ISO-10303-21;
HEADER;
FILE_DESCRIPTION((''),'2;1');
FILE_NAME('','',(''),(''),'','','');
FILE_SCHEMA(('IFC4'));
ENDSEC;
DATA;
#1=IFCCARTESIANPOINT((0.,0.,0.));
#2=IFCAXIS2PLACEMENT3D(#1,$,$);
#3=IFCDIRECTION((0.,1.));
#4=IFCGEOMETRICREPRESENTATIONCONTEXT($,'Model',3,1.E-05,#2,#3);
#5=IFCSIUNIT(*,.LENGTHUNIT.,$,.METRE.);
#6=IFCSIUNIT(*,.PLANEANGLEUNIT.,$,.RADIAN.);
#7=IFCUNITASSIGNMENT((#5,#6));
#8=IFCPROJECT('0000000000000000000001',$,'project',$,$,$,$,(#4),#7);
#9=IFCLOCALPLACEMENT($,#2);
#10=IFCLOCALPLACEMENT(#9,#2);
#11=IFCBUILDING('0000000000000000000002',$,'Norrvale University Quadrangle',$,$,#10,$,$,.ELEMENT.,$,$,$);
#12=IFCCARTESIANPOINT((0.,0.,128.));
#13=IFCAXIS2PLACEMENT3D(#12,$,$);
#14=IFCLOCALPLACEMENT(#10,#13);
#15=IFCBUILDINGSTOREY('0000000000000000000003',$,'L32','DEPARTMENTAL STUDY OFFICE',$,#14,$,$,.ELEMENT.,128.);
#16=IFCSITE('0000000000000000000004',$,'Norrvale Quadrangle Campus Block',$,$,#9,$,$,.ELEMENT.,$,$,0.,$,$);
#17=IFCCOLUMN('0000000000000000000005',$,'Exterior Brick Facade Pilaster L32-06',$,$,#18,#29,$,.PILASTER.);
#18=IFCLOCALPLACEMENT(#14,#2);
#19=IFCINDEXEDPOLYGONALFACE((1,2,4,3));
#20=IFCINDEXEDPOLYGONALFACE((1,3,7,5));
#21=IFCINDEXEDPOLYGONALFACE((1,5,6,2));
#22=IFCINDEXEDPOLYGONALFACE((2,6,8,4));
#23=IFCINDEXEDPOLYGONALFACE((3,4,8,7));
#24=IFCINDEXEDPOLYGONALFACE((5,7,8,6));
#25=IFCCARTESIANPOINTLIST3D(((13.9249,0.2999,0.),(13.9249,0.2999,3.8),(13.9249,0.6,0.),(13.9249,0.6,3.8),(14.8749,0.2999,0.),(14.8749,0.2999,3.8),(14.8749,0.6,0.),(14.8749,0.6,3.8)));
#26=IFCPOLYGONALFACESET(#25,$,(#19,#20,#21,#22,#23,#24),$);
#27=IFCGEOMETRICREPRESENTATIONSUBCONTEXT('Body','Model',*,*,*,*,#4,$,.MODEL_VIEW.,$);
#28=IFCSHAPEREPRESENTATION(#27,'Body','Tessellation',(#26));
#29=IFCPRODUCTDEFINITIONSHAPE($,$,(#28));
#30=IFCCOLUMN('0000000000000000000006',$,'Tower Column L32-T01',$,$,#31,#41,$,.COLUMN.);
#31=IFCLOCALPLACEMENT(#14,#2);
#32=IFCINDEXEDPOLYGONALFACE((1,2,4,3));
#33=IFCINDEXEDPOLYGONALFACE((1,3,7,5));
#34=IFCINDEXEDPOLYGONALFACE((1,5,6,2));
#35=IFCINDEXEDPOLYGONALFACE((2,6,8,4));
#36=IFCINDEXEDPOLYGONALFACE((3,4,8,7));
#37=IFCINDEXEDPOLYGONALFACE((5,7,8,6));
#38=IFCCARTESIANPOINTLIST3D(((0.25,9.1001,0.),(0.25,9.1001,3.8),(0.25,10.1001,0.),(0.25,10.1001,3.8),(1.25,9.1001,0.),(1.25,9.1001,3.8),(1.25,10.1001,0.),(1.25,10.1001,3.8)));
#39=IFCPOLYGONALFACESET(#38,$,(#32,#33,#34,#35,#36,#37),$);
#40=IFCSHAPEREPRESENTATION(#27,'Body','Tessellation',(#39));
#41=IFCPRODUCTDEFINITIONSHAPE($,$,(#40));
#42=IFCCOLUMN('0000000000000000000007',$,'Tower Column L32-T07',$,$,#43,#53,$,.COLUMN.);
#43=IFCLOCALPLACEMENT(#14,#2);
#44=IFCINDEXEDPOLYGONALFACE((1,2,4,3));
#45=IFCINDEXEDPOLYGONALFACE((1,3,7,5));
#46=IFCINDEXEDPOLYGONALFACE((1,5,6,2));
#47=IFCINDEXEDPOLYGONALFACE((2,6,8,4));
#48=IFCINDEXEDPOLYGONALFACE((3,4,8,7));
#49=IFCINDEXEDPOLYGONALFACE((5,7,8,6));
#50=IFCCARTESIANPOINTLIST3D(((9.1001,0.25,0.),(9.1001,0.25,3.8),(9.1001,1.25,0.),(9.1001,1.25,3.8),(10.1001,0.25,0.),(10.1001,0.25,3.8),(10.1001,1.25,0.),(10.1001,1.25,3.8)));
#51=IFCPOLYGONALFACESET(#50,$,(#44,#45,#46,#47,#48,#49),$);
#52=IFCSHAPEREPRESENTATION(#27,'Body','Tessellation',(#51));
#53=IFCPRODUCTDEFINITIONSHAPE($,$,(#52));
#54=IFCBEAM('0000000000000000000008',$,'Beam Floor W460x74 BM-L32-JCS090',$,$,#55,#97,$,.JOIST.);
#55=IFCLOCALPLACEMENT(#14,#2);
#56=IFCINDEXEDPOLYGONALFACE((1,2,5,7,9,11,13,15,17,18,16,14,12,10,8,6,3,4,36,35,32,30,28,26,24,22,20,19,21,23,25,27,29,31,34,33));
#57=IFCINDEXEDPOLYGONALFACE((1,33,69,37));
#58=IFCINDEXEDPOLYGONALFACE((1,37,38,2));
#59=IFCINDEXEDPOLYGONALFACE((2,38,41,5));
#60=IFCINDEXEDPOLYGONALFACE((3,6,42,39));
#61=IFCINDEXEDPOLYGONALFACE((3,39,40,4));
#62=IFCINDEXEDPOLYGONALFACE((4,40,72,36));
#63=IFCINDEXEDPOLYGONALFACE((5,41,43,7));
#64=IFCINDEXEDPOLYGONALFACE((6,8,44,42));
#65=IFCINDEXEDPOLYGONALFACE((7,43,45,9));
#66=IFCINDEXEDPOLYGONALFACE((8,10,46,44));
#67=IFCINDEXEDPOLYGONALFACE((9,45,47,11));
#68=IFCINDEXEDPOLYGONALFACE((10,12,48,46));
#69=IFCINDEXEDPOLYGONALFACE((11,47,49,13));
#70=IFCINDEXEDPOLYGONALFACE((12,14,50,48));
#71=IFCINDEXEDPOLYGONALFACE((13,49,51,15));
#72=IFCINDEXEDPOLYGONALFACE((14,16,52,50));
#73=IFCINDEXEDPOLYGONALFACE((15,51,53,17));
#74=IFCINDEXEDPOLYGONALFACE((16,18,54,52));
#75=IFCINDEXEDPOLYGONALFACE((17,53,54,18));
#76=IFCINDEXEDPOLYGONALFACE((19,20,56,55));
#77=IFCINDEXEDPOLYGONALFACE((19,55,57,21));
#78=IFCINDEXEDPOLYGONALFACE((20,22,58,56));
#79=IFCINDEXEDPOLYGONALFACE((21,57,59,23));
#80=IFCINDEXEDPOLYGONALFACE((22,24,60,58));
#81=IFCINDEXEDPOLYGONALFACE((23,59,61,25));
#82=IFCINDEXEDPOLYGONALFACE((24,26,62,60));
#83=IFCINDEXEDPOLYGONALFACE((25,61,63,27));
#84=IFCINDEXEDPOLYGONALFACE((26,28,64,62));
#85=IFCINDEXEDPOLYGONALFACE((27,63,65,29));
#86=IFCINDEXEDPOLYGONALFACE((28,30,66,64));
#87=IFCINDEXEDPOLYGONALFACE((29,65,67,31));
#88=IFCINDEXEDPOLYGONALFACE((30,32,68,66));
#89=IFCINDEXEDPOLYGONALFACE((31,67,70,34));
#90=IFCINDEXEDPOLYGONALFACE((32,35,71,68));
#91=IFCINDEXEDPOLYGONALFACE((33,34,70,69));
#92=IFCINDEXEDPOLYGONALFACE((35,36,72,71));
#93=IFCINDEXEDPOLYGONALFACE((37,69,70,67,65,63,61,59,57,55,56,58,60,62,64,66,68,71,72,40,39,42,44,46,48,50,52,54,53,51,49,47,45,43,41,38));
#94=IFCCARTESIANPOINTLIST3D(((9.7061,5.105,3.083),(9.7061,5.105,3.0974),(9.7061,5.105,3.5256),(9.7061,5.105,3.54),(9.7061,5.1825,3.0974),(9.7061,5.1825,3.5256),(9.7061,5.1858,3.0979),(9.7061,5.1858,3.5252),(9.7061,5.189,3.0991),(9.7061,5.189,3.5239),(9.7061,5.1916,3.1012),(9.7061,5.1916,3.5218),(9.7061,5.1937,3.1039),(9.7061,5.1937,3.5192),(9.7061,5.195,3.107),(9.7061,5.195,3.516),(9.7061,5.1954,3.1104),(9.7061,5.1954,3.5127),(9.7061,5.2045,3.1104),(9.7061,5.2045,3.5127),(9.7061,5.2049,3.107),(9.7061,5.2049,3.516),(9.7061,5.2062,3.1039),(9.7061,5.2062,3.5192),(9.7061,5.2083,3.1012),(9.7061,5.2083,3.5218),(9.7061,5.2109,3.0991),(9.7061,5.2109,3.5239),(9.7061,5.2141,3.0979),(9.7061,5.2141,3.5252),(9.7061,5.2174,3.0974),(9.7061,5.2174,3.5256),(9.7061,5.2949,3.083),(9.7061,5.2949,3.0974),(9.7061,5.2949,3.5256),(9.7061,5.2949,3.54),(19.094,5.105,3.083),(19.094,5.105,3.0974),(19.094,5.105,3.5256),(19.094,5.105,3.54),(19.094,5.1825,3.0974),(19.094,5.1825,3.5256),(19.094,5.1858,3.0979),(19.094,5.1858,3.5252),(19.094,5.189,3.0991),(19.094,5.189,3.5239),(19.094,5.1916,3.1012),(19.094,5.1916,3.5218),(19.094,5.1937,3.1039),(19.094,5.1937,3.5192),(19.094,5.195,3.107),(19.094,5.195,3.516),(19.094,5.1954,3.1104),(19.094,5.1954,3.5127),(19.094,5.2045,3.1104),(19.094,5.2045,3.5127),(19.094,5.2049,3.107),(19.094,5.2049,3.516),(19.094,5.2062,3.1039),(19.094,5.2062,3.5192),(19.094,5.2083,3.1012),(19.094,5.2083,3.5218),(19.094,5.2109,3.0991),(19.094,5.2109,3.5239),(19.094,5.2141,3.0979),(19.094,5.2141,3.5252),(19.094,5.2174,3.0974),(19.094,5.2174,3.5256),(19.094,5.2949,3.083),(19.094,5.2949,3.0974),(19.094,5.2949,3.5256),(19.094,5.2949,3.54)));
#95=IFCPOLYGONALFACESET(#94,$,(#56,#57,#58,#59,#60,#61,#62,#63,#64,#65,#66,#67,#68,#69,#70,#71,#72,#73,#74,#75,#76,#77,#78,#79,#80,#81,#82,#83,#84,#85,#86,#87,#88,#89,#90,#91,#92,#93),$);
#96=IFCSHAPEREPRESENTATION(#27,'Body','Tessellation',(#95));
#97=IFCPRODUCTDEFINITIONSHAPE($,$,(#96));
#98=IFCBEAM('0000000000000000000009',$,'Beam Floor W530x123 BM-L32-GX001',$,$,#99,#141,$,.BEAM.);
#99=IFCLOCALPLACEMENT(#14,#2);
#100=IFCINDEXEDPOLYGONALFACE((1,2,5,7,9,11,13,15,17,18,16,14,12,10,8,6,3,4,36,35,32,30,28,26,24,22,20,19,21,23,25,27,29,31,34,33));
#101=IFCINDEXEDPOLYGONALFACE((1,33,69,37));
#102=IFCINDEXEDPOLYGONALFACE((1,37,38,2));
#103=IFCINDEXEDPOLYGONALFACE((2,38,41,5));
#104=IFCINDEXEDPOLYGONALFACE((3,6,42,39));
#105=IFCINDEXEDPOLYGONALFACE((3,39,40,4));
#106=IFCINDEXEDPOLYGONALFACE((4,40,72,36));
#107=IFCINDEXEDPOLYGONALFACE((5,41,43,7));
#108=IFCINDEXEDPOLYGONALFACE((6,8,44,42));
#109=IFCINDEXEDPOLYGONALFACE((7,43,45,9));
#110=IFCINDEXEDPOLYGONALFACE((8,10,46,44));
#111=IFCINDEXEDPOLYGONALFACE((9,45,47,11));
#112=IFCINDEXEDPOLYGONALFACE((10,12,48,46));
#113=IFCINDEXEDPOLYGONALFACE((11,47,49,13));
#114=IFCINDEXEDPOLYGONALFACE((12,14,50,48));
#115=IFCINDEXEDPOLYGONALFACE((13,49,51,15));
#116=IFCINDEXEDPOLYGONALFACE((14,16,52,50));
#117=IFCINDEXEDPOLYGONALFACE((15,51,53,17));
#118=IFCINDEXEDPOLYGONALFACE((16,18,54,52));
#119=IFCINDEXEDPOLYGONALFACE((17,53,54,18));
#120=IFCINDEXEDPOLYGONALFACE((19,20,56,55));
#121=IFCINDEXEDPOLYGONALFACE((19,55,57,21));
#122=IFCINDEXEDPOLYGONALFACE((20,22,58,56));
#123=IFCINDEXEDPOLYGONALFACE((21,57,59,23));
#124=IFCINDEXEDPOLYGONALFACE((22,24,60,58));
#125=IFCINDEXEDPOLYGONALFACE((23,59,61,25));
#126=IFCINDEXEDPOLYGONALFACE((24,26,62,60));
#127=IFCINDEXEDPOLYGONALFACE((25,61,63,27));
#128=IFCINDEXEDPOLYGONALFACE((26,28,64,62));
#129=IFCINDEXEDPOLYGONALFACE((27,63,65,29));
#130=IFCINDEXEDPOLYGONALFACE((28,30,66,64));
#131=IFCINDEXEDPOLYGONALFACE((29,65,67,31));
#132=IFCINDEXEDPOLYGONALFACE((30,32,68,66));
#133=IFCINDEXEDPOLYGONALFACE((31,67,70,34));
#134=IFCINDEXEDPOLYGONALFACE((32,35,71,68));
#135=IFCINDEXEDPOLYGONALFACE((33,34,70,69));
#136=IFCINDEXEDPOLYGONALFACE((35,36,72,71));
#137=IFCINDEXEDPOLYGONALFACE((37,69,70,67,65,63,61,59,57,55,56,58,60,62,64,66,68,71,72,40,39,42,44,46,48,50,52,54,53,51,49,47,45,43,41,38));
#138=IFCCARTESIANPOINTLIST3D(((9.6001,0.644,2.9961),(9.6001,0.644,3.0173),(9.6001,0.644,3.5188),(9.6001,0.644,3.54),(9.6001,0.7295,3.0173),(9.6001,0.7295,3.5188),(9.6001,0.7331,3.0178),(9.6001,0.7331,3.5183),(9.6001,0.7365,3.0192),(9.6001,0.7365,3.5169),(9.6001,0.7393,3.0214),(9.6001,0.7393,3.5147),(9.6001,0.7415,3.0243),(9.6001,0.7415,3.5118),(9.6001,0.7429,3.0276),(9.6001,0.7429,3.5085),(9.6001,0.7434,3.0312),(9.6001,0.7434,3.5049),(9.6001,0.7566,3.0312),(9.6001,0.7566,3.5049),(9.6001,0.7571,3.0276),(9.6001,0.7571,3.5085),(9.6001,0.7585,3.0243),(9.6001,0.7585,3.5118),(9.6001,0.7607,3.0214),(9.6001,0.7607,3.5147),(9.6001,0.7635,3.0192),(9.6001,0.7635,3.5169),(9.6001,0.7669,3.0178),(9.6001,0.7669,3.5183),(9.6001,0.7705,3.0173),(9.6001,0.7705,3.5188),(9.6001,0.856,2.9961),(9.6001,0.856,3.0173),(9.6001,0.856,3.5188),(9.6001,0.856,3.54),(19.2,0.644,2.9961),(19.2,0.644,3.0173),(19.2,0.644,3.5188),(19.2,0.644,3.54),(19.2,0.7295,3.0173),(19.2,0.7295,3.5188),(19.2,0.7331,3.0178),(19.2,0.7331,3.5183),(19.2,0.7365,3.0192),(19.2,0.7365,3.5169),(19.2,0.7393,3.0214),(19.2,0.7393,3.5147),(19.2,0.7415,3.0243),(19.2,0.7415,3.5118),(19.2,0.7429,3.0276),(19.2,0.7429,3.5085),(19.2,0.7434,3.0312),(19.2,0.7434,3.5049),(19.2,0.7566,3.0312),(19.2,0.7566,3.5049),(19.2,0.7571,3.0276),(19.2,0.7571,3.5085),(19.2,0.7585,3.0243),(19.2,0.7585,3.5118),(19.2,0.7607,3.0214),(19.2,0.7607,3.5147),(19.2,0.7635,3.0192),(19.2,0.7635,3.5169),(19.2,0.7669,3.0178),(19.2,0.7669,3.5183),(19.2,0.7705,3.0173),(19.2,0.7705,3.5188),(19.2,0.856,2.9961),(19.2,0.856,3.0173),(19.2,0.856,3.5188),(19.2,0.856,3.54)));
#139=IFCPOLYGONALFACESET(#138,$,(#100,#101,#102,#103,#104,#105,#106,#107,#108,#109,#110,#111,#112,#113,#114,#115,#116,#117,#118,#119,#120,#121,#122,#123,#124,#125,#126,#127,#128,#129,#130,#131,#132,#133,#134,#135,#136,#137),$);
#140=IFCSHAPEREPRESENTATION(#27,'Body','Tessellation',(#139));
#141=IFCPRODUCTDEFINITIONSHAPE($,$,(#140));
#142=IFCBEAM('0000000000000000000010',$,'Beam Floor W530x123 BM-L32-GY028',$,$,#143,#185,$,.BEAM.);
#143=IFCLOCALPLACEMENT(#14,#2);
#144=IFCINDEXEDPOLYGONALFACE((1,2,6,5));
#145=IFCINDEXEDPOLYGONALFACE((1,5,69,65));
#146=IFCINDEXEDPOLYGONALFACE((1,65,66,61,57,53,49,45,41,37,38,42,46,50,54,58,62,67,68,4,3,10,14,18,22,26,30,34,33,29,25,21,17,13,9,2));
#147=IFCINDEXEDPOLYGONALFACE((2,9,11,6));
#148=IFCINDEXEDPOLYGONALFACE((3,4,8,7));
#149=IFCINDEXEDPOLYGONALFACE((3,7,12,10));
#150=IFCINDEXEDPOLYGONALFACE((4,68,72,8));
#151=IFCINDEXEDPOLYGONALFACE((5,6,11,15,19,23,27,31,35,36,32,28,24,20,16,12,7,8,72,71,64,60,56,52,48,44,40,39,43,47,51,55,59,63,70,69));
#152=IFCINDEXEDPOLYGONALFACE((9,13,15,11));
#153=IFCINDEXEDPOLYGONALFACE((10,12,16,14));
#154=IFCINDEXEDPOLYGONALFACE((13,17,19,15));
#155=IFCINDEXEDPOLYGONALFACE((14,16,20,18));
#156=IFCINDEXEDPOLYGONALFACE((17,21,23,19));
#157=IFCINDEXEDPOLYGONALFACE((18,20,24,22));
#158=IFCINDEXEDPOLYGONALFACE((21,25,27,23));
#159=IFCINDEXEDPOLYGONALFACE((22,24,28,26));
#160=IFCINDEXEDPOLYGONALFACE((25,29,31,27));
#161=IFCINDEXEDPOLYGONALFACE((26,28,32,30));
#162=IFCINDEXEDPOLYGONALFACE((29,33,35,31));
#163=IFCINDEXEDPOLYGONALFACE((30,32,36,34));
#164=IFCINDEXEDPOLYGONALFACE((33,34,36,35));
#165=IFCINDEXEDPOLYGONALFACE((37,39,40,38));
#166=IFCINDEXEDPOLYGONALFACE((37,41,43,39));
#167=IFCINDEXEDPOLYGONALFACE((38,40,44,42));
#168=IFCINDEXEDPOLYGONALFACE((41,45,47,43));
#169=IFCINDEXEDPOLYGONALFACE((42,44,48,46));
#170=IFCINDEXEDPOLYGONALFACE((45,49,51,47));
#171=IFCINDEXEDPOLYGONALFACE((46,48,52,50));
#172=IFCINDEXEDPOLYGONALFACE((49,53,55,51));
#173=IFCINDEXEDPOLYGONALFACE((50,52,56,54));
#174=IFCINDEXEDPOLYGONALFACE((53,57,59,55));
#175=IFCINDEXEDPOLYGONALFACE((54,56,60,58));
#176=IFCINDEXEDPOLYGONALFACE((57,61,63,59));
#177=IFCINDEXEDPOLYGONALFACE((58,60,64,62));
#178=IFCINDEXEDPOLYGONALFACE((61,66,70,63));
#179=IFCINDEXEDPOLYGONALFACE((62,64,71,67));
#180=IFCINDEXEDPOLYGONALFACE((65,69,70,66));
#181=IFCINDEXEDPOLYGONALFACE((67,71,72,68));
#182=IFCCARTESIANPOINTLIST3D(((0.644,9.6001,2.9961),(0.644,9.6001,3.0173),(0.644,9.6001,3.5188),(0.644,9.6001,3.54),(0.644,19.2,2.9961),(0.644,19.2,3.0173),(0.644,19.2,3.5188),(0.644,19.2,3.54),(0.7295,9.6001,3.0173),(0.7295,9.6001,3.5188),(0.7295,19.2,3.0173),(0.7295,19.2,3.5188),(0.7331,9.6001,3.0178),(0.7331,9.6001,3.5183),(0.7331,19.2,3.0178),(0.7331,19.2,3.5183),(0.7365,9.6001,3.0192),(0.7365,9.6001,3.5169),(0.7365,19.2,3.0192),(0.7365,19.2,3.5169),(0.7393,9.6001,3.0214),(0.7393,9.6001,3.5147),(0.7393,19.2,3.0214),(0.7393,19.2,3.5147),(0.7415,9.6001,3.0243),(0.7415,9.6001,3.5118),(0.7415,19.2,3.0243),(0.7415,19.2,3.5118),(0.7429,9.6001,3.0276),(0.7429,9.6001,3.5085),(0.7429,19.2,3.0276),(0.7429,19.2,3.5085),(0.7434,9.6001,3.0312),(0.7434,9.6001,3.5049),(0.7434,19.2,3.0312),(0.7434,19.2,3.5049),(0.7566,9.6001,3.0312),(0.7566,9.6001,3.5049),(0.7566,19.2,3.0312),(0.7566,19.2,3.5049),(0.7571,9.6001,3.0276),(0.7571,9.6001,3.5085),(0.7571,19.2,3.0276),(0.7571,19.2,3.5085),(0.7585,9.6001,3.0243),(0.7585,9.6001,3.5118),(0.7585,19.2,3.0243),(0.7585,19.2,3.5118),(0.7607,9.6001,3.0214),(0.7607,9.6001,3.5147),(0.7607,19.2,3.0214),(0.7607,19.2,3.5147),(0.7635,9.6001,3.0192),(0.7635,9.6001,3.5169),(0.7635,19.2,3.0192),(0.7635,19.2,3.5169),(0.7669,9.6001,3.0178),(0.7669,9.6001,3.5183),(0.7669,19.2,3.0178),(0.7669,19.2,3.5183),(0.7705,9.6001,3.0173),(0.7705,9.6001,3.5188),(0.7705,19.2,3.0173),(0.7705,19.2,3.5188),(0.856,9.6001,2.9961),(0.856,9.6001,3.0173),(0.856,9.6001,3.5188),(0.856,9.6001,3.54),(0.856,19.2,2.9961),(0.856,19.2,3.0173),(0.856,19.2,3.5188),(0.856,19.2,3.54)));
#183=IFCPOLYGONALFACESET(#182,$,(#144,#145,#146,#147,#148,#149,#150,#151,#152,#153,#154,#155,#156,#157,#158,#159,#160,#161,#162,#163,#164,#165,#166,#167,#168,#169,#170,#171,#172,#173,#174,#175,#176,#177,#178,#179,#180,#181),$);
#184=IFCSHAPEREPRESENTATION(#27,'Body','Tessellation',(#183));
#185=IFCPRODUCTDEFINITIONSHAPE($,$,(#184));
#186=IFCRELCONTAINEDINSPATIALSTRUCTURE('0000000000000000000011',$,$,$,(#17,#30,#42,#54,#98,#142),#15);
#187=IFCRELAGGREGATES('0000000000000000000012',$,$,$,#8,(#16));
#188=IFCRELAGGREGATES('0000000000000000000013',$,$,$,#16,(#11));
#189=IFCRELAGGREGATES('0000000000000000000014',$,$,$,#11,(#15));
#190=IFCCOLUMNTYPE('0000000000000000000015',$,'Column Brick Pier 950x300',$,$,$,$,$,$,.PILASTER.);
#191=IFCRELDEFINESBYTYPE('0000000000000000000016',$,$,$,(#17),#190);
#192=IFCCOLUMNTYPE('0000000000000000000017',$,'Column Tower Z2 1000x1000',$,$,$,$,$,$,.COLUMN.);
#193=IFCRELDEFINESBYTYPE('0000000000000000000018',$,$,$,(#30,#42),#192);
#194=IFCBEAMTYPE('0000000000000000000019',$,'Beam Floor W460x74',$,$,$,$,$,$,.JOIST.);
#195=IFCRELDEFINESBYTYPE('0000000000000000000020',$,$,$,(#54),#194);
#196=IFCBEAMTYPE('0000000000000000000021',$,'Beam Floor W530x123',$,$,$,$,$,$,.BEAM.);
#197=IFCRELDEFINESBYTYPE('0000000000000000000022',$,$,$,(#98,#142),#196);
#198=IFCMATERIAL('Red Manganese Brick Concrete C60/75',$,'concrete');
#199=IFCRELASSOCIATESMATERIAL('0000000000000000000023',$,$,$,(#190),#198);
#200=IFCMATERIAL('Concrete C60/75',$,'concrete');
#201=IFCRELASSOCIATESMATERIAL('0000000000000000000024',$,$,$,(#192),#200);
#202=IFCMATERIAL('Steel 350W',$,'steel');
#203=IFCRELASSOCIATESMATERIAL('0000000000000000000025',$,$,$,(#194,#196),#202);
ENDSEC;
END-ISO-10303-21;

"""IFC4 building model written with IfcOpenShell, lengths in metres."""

from ifc_helpers import new_model, si_unit, direction, frame, origin, origin_2d, place, context, subcontext, project, spatial, rectangle, i_section, extrude, material, material_profile, profile_set, type_object, element, save


model = new_model("IFC4")

# Units and contexts
model_context = context("Model", 3, precision=1e-05, world=origin(), true_north=direction((0.0, 1.0)))
body_context = subcontext(model_context, "Body", "Model", "MODEL_VIEW")
ifc_project = project(units=[si_unit("LENGTHUNIT", "METRE"), si_unit("PLANEANGLEUNIT", "RADIAN")], contexts=[model_context])

# Site, building, storey
site_placement = place(None, origin())
site = spatial("IfcSite", under=ifc_project, at=site_placement, Name="Norrvale Quadrangle Campus Block", CompositionType="ELEMENT", RefElevation=0.0)
building_placement = place(site_placement, origin())
building = spatial("IfcBuilding", under=site, at=building_placement, Name="Norrvale University Quadrangle", CompositionType="ELEMENT")
storey_placement = place(building_placement, frame((0.0, 0.0, 128.0)))
storey = spatial("IfcBuildingStorey", under=building, at=storey_placement, Name="L32", Description="DEPARTMENTAL STUDY OFFICE", CompositionType="ELEMENT", Elevation=128.0)

# Columns
ifc_material_1 = material(Name="Red Manganese Brick Concrete C60/75", Category="concrete")
ifc_material_profile_1 = material_profile(ifc_material_1, rectangle(XDim=0.95, YDim=0.3, at=origin_2d()), Name="Red Manganese Brick Concrete C60/75")
ifc_profile_set_1 = profile_set([ifc_material_profile_1], Name="Red Manganese Brick Concrete C60/75")
column_type_1 = type_object("IfcColumnType", Name="Column Brick Pier 950x300", PredefinedType="PILASTER", material=ifc_profile_set_1)
column_placement = place(storey_placement, frame((14.3999, 0.45, 0.0), z_axis=(0.0, 0.0, 1.0), x_axis=(1.0, 0.0, 0.0)))
element("IfcColumn", 1, at=column_placement, inside=storey, type_object=column_type_1, Name="Exterior Brick Facade Pilaster L32-06", PredefinedType="PILASTER", context=body_context, shape_type="SweptSolid", body=[
    extrude(rectangle(XDim=0.95, YDim=0.3, at=origin_2d()), origin(), (0.0, 0.0, 1.0), 3.8),
])
ifc_material_2 = material(Name="Concrete C60/75", Category="concrete")
ifc_material_profile_2 = material_profile(ifc_material_2, rectangle(XDim=1.0, YDim=1.0, at=origin_2d()), Name="Concrete C60/75")
ifc_profile_set_2 = profile_set([ifc_material_profile_2], Name="Concrete C60/75")
column_type_2 = type_object("IfcColumnType", Name="Column Tower Z2 1000x1000", PredefinedType="COLUMN", material=ifc_profile_set_2)
for number, where, z_axis, x_axis, name in (
    (2, (0.75, 9.6001, 0.0), (0.0, 0.0, 1.0), (1.0, 0.0, 0.0), "Tower Column L32-T01"),
    (3, (9.6001, 0.75, 0.0), (0.0, 0.0, 1.0), (1.0, 0.0, 0.0), "Tower Column L32-T07"),
):
    element("IfcColumn", number, at=place(storey_placement, frame(where, z_axis=z_axis, x_axis=x_axis)), inside=storey, type_object=column_type_2, Name=name, PredefinedType="COLUMN", context=body_context, shape_type="SweptSolid", body=[
        extrude(rectangle(XDim=1.0, YDim=1.0, at=origin_2d()), origin(), (0.0, 0.0, 1.0), 3.8),
    ])

# Beams
ifc_material_3 = material(Name="Steel 350W", Category="steel")
ifc_material_profile_3 = material_profile(ifc_material_3, i_section(OverallWidth=0.1899, OverallDepth=0.457, WebThickness=0.009, FlangeThickness=0.0144, FilletRadius=0.0129, at=origin_2d()), Name="Steel 350W")
ifc_profile_set_3 = profile_set([ifc_material_profile_3], Name="Steel 350W")
beam_type_1 = type_object("IfcBeamType", Name="Beam Floor W460x74", PredefinedType="JOIST", material=ifc_profile_set_3)
beam_1_placement = place(storey_placement, frame((9.7061, 5.2, 3.3115), z_axis=(1.0, 0.0, 0.0), x_axis=(0.0, 1.0, 0.0)))
element("IfcBeam", 4, at=beam_1_placement, inside=storey, type_object=beam_type_1, Name="Beam Floor W460x74 BM-L32-JCS090", PredefinedType="JOIST", context=body_context, shape_type="SweptSolid", body=[
    extrude(i_section(OverallWidth=0.1899, OverallDepth=0.457, WebThickness=0.009, FlangeThickness=0.0144, FilletRadius=0.0129, at=origin_2d()), origin(), (0.0, 0.0, 1.0), 9.3879),
])
ifc_material_profile_4 = material_profile(ifc_material_3, i_section(OverallWidth=0.2119, OverallDepth=0.5439, WebThickness=0.0132, FlangeThickness=0.0212, FilletRadius=0.0139, at=origin_2d()), Name="Steel 350W")
ifc_profile_set_4 = profile_set([ifc_material_profile_4], Name="Steel 350W")
beam_type_2 = type_object("IfcBeamType", Name="Beam Floor W530x123", PredefinedType="BEAM", material=ifc_profile_set_4)
for number, where, z_axis, x_axis, name in (
    (5, (9.6001, 0.75, 3.2681), (1.0, 0.0, 0.0), (0.0, 1.0, 0.0), "Beam Floor W530x123 BM-L32-GX001"),
    (6, (0.75, 9.6001, 3.2681), (0.0, 1.0, 0.0), (-1.0, 0.0, 0.0), "Beam Floor W530x123 BM-L32-GY028"),
):
    element("IfcBeam", number, at=place(storey_placement, frame(where, z_axis=z_axis, x_axis=x_axis)), inside=storey, type_object=beam_type_2, Name=name, PredefinedType="BEAM", context=body_context, shape_type="SweptSolid", body=[
        extrude(i_section(OverallWidth=0.2119, OverallDepth=0.5439, WebThickness=0.0132, FlangeThickness=0.0212, FilletRadius=0.0139, at=origin_2d()), origin(), (0.0, 0.0, 1.0), 9.5999),
    ])

save(model, "model.ifc")
